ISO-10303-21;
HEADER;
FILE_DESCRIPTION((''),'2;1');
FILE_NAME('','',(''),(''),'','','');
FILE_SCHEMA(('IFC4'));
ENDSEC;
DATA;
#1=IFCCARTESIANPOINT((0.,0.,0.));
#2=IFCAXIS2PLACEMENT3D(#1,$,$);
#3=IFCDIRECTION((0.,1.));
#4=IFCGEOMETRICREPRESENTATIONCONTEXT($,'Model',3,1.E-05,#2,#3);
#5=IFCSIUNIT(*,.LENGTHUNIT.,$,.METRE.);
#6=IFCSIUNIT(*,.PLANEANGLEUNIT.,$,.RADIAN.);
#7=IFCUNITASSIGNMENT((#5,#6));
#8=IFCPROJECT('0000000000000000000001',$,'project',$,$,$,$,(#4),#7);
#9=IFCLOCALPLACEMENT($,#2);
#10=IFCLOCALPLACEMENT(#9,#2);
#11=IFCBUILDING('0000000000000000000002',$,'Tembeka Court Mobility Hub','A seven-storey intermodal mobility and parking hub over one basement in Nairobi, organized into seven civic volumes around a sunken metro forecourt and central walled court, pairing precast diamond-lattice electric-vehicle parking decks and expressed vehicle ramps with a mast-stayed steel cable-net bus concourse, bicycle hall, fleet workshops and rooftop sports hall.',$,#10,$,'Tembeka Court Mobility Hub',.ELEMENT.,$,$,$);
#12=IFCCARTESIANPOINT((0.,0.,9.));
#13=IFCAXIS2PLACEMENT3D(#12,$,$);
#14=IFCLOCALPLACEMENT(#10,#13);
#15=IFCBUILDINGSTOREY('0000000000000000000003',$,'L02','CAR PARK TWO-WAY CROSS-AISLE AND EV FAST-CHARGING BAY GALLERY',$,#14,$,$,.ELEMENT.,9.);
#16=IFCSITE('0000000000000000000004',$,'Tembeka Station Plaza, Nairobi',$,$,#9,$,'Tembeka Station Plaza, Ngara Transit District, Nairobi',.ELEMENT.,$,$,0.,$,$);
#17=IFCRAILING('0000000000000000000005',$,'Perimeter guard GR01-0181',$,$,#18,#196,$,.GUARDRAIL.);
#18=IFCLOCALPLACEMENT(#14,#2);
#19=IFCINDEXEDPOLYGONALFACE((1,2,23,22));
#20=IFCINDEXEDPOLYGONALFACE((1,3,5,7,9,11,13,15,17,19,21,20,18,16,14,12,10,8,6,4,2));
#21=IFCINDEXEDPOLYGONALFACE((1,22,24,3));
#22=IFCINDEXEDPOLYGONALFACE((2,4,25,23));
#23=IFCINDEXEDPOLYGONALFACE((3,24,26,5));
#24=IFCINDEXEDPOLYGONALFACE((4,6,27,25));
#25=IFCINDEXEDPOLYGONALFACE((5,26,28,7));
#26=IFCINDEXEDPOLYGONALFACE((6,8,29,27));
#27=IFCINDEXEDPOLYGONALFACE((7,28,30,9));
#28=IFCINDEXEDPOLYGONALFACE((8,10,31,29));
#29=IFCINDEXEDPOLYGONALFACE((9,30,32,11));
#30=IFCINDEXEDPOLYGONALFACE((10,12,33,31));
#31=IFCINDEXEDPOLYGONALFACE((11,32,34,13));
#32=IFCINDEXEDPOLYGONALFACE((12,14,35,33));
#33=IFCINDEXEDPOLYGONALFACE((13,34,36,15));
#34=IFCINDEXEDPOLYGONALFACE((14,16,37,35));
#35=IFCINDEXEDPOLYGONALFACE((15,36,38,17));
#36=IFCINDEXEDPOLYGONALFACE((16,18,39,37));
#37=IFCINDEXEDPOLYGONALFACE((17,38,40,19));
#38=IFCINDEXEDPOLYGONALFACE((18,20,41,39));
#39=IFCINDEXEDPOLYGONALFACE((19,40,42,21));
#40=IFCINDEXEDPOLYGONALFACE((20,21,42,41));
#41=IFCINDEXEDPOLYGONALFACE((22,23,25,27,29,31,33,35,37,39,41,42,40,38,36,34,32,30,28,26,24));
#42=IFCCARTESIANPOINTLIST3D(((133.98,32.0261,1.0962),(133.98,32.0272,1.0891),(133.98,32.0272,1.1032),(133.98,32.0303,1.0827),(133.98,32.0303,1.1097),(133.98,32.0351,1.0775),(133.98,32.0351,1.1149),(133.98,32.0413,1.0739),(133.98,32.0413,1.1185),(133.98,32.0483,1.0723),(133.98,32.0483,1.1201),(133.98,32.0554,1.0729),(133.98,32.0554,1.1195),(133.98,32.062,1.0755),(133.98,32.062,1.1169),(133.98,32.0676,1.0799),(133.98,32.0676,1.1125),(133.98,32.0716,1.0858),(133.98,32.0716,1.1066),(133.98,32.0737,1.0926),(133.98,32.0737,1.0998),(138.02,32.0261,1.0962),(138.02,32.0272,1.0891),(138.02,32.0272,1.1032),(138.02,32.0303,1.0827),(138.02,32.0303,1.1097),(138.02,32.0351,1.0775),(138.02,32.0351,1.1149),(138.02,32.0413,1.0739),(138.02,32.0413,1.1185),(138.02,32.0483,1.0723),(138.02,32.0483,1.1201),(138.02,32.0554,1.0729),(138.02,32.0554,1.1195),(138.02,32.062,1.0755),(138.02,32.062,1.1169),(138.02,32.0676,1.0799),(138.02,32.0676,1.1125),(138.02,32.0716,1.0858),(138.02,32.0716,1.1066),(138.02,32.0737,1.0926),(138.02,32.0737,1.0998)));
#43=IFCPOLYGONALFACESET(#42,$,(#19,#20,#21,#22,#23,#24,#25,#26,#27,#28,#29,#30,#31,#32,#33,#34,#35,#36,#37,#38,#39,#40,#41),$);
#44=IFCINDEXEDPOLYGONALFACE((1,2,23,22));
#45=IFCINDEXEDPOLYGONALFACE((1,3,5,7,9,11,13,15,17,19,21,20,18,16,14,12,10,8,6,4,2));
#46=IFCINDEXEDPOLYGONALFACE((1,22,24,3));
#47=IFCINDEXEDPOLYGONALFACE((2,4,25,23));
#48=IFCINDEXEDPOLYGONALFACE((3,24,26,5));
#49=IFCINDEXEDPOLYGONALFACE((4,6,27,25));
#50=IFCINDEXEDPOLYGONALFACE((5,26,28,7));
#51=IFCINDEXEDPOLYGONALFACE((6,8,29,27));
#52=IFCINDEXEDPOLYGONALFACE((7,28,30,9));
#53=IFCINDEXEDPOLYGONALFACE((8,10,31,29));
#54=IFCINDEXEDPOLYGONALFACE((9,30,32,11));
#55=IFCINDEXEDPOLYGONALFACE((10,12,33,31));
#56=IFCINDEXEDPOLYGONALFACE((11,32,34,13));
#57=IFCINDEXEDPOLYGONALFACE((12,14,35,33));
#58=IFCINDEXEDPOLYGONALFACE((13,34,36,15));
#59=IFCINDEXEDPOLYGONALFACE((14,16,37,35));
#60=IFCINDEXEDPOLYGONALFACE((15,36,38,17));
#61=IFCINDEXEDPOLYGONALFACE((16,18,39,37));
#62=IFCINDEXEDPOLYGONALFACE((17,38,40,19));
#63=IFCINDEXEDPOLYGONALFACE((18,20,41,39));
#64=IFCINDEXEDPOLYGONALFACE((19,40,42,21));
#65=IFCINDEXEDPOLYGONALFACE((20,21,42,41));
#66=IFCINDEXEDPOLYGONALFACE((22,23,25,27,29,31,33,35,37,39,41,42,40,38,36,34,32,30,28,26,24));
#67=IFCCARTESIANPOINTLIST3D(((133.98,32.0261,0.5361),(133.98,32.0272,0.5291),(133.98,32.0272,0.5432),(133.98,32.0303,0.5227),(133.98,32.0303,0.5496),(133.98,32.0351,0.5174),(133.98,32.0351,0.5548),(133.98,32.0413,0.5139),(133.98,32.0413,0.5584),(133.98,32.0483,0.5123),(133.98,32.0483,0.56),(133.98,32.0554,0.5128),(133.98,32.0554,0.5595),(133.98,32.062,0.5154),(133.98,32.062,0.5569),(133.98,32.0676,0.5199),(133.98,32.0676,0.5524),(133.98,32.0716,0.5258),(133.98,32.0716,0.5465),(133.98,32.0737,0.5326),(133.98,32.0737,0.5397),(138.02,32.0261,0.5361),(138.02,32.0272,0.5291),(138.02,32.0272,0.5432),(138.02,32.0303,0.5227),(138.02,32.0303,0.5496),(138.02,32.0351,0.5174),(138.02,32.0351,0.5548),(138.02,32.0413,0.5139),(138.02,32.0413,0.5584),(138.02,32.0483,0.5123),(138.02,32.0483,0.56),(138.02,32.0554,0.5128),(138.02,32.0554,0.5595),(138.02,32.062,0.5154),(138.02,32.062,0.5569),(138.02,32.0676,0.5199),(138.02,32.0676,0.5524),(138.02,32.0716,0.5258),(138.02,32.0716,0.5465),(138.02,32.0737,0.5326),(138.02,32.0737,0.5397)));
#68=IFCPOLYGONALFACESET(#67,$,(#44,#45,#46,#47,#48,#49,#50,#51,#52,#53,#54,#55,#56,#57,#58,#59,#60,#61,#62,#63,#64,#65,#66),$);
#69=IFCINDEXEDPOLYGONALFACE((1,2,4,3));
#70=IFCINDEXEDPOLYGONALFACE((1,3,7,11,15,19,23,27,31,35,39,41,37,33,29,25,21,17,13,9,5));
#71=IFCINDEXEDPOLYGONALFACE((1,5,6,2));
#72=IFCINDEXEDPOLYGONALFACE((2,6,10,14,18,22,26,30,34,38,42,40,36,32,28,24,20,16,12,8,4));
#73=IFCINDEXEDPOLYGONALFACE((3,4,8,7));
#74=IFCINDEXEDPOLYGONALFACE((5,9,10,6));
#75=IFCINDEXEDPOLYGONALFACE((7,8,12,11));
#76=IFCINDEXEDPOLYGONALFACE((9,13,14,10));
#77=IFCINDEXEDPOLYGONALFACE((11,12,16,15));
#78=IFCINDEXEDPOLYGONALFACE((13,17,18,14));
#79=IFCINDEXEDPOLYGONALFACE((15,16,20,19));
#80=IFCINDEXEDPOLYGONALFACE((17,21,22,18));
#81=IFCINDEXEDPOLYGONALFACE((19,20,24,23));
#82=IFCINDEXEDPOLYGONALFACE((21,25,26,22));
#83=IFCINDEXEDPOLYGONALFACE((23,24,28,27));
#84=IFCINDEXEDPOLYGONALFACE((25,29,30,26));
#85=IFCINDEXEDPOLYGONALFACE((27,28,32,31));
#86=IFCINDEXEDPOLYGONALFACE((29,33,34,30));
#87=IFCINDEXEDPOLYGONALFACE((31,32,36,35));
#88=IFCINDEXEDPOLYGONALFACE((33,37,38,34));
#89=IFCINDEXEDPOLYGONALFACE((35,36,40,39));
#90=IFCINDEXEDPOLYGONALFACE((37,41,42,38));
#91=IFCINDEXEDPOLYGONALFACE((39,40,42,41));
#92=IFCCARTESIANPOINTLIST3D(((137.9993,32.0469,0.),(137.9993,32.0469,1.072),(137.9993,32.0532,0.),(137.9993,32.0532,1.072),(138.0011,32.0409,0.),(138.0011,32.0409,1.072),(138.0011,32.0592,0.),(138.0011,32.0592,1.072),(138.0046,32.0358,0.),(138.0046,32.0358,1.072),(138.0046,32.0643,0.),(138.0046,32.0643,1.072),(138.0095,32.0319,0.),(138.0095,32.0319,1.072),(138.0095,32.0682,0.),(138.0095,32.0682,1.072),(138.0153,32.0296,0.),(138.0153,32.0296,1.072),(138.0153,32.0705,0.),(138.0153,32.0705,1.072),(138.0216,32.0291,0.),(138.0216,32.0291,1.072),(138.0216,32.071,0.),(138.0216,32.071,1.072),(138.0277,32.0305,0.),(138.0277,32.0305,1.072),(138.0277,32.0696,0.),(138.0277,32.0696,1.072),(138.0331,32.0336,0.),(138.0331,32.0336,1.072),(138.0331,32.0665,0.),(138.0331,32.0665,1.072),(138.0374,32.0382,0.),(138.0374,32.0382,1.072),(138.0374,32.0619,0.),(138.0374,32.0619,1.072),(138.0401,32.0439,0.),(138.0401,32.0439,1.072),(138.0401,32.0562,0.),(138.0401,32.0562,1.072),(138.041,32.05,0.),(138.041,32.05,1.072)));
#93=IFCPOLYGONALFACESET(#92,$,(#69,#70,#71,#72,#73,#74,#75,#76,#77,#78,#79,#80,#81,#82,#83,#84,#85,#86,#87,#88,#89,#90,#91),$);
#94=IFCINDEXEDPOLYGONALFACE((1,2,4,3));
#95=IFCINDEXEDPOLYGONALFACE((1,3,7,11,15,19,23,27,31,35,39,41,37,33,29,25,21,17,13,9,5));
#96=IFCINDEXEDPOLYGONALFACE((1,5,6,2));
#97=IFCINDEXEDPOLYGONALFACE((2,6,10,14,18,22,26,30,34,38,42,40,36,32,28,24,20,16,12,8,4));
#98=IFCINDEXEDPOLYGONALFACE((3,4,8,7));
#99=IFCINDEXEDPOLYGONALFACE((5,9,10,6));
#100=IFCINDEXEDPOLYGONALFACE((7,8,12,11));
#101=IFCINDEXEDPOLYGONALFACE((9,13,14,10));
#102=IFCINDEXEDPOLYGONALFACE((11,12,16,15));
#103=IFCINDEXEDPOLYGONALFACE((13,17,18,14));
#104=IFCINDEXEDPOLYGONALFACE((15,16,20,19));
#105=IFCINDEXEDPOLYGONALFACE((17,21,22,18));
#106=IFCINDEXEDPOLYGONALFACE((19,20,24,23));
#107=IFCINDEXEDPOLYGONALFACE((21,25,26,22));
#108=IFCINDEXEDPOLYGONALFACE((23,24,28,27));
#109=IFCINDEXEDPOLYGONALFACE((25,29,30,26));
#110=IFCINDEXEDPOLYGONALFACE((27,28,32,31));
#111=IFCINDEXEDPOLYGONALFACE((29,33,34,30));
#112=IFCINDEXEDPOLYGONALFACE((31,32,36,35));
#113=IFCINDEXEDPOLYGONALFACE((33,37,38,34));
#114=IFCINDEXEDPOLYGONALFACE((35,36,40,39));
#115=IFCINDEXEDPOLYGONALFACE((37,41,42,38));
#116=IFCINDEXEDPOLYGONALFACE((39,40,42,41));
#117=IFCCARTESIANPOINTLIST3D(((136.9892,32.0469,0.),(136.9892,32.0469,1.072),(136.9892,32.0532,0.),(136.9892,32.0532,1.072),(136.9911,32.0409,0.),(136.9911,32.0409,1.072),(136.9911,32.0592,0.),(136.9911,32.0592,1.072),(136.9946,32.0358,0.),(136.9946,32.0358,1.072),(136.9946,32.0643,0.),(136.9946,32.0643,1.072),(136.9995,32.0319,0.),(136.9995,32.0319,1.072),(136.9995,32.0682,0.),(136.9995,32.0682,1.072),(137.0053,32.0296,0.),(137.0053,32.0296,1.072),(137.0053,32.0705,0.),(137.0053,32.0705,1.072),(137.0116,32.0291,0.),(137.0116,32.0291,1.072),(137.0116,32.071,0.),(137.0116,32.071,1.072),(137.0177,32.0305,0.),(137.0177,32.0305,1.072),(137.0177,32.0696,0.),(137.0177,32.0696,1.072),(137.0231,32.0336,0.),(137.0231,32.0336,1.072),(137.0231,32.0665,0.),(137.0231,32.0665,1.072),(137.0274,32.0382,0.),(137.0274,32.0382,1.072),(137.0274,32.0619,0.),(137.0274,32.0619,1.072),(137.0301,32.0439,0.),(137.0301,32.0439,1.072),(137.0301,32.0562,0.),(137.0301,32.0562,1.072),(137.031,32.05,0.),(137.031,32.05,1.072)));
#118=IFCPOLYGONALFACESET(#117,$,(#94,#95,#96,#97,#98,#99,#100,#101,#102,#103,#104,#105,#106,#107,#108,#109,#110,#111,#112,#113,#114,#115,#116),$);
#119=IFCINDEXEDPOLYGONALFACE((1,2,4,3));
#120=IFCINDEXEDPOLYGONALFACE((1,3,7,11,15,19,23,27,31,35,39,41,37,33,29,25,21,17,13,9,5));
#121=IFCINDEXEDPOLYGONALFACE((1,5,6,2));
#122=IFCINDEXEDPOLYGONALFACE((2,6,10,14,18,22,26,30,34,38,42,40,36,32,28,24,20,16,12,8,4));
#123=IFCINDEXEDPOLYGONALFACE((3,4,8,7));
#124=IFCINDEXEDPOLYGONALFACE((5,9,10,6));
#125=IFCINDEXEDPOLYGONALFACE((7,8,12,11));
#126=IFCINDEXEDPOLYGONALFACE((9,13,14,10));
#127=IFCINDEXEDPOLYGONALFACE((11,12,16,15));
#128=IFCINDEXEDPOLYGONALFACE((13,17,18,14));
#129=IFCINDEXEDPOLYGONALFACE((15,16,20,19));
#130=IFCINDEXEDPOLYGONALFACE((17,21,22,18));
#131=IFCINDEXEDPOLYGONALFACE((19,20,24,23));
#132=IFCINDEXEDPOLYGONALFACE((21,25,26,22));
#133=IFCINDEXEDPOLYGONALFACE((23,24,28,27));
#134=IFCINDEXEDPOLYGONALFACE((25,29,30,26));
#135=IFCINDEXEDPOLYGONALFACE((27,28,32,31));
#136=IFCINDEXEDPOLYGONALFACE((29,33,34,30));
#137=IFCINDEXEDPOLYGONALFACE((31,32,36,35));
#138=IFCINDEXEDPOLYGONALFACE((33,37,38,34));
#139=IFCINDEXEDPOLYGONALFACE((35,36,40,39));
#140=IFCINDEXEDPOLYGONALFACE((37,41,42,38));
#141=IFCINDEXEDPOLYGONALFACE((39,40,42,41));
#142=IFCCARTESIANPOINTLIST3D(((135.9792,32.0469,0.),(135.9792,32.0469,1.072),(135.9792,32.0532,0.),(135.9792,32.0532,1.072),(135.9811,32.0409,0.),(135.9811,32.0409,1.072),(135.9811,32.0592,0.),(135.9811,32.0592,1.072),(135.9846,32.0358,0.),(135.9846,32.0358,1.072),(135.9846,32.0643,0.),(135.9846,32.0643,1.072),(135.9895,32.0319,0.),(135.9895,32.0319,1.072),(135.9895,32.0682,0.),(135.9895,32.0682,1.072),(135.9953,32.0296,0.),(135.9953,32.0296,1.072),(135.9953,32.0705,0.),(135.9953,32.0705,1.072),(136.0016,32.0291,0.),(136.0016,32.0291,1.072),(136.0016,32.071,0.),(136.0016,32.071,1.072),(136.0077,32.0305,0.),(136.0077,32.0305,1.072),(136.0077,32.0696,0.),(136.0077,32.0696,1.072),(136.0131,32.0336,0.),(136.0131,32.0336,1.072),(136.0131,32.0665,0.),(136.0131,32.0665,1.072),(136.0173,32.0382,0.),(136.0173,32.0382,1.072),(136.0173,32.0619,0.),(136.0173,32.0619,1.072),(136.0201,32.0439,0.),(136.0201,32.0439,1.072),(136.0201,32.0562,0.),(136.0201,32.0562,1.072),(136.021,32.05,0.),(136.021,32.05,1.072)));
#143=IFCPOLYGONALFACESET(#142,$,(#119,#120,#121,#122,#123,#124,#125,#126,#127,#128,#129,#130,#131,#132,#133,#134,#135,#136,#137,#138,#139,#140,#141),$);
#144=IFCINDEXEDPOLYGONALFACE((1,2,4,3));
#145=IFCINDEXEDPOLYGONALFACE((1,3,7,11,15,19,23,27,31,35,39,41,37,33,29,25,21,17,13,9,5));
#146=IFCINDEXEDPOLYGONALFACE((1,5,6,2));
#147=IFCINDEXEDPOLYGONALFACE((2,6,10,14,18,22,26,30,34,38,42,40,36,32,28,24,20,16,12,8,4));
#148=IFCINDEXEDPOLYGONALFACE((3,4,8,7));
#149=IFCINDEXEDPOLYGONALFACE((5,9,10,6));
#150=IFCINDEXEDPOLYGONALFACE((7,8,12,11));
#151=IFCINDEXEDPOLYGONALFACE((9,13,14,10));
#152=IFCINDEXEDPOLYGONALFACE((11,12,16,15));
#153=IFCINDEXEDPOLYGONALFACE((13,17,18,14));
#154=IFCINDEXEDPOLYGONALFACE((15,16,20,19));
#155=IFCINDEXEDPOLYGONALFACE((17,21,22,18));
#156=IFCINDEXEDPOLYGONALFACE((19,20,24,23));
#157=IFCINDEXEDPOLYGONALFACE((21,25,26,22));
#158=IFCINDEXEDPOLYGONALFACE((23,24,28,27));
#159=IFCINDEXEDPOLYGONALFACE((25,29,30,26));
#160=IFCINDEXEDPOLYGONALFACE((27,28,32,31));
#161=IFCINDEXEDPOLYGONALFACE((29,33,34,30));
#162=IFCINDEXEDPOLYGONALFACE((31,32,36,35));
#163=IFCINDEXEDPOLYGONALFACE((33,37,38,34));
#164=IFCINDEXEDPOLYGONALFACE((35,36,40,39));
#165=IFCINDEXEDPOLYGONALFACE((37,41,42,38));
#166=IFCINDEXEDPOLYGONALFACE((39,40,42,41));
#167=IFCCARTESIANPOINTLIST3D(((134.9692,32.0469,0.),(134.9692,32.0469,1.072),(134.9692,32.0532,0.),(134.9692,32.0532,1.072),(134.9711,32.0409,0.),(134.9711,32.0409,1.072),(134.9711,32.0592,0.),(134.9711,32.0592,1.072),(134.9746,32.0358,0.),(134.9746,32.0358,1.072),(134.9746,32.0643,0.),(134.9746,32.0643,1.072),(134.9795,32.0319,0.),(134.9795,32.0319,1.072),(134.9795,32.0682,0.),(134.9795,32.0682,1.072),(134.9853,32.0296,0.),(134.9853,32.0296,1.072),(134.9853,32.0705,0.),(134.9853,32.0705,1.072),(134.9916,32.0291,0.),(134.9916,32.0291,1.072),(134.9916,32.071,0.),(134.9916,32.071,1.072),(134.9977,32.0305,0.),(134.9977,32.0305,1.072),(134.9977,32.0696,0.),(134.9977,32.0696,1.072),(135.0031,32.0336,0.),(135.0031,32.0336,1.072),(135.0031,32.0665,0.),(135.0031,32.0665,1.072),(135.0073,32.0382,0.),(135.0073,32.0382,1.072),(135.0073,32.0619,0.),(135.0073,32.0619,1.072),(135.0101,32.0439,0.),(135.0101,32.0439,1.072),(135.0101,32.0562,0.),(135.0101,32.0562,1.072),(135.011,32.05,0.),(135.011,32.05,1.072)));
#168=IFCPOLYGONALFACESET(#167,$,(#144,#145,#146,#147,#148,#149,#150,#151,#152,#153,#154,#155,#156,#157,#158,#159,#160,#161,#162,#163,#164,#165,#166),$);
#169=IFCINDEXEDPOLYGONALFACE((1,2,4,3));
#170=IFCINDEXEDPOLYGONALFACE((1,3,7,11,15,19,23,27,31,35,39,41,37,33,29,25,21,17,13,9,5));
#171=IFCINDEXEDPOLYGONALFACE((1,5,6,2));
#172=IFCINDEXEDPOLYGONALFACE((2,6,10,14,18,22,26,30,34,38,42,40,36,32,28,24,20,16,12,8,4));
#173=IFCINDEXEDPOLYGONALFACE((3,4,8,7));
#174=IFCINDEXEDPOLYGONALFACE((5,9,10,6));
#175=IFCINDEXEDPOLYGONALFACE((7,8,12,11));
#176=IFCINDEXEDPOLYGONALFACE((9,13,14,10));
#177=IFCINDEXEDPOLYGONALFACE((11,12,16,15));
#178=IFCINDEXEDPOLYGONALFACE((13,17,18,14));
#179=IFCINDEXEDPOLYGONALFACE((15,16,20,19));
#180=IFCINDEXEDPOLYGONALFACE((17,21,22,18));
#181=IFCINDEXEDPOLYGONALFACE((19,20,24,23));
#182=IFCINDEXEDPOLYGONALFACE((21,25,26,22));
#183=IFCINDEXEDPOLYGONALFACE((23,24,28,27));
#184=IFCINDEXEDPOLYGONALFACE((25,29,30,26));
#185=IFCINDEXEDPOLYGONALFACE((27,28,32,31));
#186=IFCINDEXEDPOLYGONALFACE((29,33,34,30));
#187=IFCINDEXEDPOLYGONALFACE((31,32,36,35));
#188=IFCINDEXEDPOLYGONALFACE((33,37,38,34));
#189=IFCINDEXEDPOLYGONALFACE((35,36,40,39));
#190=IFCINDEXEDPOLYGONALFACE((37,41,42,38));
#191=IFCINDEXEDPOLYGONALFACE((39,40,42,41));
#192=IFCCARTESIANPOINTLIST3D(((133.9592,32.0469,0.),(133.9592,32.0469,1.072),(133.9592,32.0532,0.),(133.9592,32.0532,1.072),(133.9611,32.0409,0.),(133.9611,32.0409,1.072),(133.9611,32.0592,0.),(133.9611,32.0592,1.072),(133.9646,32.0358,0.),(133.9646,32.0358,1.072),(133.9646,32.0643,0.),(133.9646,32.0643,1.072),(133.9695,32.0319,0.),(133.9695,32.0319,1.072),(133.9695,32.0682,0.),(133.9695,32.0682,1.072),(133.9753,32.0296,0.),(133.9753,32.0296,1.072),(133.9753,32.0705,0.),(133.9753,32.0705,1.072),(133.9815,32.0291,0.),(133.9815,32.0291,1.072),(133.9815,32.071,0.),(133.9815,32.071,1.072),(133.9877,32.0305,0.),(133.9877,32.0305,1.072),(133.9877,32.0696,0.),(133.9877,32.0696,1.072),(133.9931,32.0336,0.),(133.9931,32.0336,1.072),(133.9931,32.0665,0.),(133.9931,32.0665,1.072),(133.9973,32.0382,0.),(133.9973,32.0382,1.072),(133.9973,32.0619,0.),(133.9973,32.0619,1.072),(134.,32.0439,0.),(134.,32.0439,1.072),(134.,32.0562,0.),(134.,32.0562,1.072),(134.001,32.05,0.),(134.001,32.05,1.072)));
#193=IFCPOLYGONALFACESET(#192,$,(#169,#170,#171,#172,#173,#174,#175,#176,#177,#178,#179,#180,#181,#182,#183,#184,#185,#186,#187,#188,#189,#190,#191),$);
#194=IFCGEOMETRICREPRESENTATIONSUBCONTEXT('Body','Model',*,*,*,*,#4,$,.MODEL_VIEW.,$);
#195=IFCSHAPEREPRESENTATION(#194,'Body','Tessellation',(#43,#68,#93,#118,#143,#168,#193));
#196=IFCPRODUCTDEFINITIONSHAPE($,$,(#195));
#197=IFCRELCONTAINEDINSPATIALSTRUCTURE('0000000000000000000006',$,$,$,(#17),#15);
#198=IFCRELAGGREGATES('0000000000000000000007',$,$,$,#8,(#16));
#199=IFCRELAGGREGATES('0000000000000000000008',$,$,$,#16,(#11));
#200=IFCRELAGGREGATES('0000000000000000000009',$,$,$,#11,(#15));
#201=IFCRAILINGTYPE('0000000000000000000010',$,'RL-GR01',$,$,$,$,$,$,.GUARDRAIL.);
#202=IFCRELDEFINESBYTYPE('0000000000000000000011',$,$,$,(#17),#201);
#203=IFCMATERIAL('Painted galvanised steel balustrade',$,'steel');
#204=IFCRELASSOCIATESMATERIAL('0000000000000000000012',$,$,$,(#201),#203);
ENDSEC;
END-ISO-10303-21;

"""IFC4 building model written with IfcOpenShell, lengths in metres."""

from ifc_helpers import new_model, si_unit, direction, frame, origin, origin_2d, place, context, subcontext, project, spatial, circle, extrude, material, type_object, element, save


model = new_model("IFC4")

# Units and contexts
model_context = context("Model", 3, precision=1e-05, world=origin(), true_north=direction((0.0, 1.0)))
body_context = subcontext(model_context, "Body", "Model", "MODEL_VIEW")
ifc_project = project(units=[si_unit("LENGTHUNIT", "METRE"), si_unit("PLANEANGLEUNIT", "RADIAN")], contexts=[model_context])

# Site, building, storey
site_placement = place(None, origin())
site = spatial("IfcSite", under=ifc_project, at=site_placement, Name="Tembeka Station Plaza, Nairobi", LongName="Tembeka Station Plaza, Ngara Transit District, Nairobi", CompositionType="ELEMENT", RefElevation=0.0)
building_placement = place(site_placement, origin())
building = spatial("IfcBuilding", under=site, at=building_placement, Name="Tembeka Court Mobility Hub", Description="A seven-storey intermodal mobility and parking hub over one basement in Nairobi, organized into seven civic volumes around a sunken metro forecourt and central walled court, pairing precast diamond-lattice electric-vehicle parking decks and expressed vehicle ramps with a mast-stayed steel cable-net bus concourse, bicycle hall, fleet workshops and rooftop sports hall.", LongName="Tembeka Court Mobility Hub", CompositionType="ELEMENT")
storey_placement = place(building_placement, frame((0.0, 0.0, 9.0)))
storey = spatial("IfcBuildingStorey", under=building, at=storey_placement, Name="L02", Description="CAR PARK TWO-WAY CROSS-AISLE AND EV FAST-CHARGING BAY GALLERY", CompositionType="ELEMENT", Elevation=9.0)

# Railing
ifc_material_1 = material(Name="Painted galvanised steel balustrade", Category="steel")
railing_type = type_object("IfcRailingType", Name="RL-GR01", PredefinedType="GUARDRAIL", material=ifc_material_1)
railing_1_placement = place(storey_placement, frame((138.02, 32.05, 0.0)))
element("IfcRailing", 1, at=railing_1_placement, inside=storey, type_object=railing_type, Name="Perimeter guard GR01-0181", PredefinedType="GUARDRAIL", context=body_context, shape_type="SweptSolid", body=[
    extrude(circle(Radius=0.0239, at=origin_2d()), frame((0.0, 0.0, 1.0962), z_axis=(-1.0, 0.0, 0.0), x_axis=(0.0, -1.0, 0.0)), (0.0, 0.0, 1.0), 4.04),
    extrude(circle(Radius=0.0239, at=origin_2d()), frame((0.0, 0.0, 0.5361), z_axis=(-1.0, 0.0, 0.0), x_axis=(0.0, -1.0, 0.0)), (0.0, 0.0, 1.0), 4.04),
    extrude(circle(Radius=0.021, at=origin_2d()), origin(), (0.0, 0.0, 1.0), 1.072),
    extrude(circle(Radius=0.021, at=origin_2d()), frame((-1.01, 0.0, 0.0)), (0.0, 0.0, 1.0), 1.072),
    extrude(circle(Radius=0.021, at=origin_2d()), frame((-2.02, 0.0, 0.0)), (0.0, 0.0, 1.0), 1.072),
    extrude(circle(Radius=0.021, at=origin_2d()), frame((-3.03, 0.0, 0.0)), (0.0, 0.0, 1.0), 1.072),
    extrude(circle(Radius=0.021, at=origin_2d()), frame((-4.04, 0.0, 0.0)), (0.0, 0.0, 1.0), 1.072),
])

save(model, "model.ifc")
